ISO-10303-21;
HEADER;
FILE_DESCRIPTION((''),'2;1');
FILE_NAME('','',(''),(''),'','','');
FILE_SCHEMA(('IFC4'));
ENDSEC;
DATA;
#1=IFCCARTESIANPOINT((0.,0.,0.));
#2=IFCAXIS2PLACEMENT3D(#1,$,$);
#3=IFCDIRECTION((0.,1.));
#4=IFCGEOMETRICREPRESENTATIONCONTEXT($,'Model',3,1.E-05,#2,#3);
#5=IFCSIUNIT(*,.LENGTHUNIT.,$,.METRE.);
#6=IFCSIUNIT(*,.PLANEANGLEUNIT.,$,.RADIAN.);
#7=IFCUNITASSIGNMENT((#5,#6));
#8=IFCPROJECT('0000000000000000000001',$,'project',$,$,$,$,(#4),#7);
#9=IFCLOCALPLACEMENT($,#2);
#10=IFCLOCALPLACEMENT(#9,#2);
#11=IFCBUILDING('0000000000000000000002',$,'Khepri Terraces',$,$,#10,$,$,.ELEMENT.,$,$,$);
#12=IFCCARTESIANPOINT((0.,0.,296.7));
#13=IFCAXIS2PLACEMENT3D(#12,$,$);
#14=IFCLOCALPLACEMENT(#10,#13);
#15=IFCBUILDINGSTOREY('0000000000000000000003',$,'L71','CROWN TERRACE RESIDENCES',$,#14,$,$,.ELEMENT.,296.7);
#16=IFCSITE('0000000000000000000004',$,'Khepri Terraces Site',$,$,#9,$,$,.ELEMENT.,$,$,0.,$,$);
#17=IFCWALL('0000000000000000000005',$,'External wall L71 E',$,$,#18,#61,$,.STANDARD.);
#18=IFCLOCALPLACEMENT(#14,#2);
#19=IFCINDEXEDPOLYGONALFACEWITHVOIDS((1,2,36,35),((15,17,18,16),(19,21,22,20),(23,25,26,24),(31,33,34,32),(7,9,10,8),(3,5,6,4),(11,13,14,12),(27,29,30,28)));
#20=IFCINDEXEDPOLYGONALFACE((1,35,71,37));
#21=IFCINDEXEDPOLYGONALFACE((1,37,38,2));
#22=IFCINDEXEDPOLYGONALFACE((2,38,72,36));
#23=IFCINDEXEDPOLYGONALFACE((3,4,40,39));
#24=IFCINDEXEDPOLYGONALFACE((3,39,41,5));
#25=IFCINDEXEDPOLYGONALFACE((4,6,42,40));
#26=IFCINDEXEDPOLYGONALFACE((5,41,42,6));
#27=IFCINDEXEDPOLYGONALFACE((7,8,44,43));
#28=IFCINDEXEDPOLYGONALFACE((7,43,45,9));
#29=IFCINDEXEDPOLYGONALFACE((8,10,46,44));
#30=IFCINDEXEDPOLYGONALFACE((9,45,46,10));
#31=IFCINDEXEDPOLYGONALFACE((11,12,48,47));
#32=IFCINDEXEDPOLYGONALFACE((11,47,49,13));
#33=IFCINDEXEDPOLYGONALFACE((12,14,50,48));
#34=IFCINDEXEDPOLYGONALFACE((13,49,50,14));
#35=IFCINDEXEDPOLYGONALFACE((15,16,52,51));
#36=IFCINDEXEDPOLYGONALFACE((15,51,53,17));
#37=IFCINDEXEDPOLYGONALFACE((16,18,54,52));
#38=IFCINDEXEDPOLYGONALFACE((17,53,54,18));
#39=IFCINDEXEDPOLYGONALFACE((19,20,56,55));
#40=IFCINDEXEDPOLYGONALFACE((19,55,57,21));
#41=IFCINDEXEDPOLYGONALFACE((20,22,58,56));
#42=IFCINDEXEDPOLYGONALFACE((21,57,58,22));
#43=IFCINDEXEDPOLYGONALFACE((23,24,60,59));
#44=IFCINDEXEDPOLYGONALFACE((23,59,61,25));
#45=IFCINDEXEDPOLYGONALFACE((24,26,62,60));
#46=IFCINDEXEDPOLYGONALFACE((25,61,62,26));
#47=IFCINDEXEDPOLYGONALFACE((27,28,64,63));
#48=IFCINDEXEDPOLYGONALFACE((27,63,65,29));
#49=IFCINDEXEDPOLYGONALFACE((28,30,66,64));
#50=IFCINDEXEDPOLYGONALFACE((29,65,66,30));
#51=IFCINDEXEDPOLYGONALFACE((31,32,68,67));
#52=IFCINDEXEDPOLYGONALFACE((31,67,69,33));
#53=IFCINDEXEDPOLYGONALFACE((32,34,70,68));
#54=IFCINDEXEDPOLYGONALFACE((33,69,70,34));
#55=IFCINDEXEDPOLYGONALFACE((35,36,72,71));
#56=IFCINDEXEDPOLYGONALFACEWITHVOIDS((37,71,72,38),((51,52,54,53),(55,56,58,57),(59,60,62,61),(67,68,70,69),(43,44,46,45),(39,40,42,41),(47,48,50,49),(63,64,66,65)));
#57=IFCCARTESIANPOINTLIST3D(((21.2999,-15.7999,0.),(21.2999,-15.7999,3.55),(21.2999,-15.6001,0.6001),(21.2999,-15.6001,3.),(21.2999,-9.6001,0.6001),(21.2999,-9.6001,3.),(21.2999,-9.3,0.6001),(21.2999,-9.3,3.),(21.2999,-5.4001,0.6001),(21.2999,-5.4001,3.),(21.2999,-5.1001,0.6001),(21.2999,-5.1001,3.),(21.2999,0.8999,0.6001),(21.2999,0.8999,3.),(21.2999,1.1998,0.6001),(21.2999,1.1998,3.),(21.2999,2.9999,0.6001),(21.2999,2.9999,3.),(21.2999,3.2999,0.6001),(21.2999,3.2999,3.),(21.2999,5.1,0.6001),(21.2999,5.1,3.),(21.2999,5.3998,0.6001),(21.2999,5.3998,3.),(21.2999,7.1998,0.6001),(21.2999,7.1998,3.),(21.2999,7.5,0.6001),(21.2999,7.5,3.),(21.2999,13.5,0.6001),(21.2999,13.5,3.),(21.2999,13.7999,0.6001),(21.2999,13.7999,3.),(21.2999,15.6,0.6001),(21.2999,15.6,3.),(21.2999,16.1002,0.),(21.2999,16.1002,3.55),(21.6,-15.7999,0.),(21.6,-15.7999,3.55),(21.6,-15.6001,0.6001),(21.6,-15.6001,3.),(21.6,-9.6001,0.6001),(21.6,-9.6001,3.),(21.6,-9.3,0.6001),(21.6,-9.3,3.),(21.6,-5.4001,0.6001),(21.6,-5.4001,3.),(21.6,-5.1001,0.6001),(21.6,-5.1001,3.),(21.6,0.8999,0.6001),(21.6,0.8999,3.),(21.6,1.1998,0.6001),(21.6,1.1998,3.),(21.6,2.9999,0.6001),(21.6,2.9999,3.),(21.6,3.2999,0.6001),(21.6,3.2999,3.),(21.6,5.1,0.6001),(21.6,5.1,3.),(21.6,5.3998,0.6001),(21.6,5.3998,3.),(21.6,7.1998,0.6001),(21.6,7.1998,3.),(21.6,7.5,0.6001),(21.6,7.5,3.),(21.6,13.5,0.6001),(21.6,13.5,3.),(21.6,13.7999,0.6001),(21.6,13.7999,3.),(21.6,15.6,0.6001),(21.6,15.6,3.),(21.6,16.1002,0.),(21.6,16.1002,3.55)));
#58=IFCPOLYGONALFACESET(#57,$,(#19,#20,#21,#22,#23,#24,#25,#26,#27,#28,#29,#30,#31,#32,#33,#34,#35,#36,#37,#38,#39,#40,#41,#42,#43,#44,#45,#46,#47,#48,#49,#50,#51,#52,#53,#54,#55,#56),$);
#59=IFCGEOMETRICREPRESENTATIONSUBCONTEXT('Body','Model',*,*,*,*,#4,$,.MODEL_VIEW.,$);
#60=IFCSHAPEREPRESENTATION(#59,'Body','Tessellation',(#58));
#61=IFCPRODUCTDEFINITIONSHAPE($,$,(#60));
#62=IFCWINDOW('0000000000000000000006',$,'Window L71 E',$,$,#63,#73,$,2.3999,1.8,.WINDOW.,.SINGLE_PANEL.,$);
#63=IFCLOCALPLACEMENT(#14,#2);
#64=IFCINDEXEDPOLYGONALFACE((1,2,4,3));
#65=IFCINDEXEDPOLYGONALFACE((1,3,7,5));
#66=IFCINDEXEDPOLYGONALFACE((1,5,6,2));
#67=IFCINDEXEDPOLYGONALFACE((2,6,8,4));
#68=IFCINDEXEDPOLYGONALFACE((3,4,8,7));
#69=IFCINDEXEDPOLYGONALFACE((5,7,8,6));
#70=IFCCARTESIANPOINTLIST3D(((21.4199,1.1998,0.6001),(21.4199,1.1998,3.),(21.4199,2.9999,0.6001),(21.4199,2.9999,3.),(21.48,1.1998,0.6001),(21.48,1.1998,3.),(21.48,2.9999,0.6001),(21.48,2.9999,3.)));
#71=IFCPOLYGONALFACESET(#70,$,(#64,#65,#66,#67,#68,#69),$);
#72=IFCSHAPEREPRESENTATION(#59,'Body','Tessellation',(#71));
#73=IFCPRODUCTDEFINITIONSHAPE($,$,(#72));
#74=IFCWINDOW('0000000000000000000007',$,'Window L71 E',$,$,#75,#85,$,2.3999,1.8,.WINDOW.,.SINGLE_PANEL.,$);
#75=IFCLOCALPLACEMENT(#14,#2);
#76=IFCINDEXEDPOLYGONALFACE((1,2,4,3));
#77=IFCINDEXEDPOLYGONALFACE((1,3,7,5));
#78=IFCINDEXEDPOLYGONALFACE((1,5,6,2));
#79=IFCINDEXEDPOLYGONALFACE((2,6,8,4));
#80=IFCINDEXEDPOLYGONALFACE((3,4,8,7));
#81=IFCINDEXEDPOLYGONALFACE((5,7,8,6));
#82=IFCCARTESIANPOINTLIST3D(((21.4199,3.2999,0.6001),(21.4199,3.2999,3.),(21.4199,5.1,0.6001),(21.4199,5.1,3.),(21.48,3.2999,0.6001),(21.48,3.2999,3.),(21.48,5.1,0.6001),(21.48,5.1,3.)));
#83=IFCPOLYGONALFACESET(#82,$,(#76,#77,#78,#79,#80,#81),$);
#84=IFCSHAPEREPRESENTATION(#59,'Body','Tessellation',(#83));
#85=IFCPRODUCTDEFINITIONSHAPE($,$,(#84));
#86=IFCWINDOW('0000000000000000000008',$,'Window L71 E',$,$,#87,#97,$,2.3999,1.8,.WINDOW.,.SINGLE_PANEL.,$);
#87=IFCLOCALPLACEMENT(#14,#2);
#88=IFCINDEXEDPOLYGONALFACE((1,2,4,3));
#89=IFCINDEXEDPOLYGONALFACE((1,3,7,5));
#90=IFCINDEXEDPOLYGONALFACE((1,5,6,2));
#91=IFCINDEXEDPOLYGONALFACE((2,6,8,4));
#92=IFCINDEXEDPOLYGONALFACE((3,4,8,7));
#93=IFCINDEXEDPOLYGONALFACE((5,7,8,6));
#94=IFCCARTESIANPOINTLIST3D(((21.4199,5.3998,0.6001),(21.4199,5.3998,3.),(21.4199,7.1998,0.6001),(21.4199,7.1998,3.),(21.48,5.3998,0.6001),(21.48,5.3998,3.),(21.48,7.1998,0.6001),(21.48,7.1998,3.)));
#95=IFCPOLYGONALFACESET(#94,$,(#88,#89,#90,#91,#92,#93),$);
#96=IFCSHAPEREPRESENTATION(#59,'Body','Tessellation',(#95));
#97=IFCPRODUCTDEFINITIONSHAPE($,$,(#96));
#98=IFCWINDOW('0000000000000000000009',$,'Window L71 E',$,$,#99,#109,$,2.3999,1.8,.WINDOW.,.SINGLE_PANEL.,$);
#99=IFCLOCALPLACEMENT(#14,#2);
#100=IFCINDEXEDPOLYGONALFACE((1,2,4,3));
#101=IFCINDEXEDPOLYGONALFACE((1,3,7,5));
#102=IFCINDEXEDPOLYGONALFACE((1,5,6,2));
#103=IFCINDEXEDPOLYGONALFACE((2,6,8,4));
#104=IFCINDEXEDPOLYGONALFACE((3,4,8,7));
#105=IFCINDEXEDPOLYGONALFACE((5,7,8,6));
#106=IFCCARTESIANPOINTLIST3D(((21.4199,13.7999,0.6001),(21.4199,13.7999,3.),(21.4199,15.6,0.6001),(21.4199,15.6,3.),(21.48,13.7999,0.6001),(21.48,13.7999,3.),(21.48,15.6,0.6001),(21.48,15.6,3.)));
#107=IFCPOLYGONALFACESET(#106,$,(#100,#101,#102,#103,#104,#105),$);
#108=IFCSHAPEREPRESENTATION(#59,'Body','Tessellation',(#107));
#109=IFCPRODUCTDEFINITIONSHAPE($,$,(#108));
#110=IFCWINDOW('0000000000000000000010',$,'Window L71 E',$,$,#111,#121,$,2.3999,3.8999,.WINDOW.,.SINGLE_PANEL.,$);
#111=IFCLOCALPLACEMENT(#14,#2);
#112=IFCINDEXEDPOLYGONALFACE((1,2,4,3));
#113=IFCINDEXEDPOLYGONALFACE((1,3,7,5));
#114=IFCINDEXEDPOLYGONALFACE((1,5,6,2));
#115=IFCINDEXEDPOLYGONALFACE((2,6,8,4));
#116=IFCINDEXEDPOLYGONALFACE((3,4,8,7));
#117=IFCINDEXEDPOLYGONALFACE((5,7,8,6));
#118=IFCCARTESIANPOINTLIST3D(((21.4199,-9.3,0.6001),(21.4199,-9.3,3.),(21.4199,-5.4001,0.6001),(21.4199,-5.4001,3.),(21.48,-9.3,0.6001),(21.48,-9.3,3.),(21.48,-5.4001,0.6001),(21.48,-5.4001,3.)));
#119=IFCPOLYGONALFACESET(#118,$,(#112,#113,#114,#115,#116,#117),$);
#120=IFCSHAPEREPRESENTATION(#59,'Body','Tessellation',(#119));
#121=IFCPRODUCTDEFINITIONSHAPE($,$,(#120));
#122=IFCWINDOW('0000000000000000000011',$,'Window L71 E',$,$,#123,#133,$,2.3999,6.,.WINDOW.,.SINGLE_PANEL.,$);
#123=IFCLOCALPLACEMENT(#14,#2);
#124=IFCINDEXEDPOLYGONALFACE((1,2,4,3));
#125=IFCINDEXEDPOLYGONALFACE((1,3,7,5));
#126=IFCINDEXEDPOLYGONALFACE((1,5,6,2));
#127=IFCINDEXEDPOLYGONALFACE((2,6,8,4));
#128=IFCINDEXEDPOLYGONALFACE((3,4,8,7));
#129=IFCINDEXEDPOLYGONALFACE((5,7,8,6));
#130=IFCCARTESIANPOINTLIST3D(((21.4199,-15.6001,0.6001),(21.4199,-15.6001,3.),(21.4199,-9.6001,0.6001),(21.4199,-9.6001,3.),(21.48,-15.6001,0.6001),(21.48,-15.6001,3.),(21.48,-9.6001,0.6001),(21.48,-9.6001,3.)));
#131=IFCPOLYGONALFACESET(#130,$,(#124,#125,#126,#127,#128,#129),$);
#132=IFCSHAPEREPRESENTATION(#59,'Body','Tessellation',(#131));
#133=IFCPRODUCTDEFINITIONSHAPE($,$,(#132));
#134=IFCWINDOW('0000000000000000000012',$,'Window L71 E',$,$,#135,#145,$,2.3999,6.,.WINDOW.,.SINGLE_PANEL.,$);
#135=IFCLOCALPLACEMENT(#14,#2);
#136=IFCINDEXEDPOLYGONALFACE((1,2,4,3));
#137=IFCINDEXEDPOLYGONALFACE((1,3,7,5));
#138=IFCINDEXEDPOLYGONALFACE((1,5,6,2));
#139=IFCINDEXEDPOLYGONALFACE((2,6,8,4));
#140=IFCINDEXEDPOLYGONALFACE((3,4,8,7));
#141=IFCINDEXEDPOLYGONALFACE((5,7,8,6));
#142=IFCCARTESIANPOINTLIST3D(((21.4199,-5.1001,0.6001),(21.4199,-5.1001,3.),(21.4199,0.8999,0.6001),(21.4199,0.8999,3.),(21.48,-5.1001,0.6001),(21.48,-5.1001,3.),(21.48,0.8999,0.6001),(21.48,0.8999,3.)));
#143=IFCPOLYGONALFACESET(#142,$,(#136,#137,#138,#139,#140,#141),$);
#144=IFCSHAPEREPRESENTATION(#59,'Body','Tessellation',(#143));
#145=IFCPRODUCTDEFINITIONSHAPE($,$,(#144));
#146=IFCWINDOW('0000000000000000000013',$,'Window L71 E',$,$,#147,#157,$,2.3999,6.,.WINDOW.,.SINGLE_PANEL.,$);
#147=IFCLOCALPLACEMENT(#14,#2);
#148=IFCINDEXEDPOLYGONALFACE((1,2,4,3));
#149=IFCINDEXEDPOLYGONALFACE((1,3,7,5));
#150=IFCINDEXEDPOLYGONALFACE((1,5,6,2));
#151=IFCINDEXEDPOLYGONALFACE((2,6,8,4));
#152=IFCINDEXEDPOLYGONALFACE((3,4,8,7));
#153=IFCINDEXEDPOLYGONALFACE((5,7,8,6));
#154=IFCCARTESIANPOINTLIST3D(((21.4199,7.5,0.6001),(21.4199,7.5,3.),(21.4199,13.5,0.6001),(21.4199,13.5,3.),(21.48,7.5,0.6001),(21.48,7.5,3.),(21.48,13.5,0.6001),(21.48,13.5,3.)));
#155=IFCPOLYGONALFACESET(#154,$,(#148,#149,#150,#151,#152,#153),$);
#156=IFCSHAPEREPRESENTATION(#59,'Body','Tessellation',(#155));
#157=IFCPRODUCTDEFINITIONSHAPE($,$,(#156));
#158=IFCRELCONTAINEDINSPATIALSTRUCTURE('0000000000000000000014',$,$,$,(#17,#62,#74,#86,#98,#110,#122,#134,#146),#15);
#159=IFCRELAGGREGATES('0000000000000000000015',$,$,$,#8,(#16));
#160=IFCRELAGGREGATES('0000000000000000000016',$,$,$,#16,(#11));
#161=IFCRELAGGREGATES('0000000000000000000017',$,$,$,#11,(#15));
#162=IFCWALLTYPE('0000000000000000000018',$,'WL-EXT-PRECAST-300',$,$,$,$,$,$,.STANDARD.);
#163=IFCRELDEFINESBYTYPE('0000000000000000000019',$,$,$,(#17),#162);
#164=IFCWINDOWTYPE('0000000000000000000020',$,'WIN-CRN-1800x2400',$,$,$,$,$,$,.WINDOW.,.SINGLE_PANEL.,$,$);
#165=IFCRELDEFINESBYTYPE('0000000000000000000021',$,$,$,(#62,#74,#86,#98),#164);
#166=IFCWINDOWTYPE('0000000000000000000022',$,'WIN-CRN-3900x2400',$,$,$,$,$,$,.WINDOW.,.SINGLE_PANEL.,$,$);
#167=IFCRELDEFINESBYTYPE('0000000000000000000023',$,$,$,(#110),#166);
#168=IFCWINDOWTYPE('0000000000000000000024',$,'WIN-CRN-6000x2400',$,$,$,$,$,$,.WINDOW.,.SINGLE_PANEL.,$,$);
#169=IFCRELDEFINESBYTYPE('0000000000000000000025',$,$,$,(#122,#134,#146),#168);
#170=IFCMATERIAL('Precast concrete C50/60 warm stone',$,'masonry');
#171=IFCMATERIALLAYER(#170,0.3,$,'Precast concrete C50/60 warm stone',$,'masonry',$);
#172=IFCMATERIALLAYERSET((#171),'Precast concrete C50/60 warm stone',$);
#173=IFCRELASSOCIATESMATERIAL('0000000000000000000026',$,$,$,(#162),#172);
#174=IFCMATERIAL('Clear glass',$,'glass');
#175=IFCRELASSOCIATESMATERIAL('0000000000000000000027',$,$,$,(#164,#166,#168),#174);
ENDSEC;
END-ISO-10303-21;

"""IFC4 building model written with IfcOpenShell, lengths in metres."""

from ifc_helpers import new_model, si_unit, direction, frame, frame_2d, origin, place, context, subcontext, project, spatial, rectangle, extrude, material, layer, layer_set, type_object, element, fill, save


model = new_model("IFC4")

# Units and contexts
model_context = context("Model", 3, precision=1e-05, world=origin(), true_north=direction((0.0, 1.0)))
body_context = subcontext(model_context, "Body", "Model", "MODEL_VIEW")
ifc_project = project(units=[si_unit("LENGTHUNIT", "METRE"), si_unit("PLANEANGLEUNIT", "RADIAN")], contexts=[model_context])

# Site, building, storey
site_placement = place(None, origin())
site = spatial("IfcSite", under=ifc_project, at=site_placement, Name="Khepri Terraces Site", CompositionType="ELEMENT", RefElevation=0.0)
building_placement = place(site_placement, origin())
building = spatial("IfcBuilding", under=site, at=building_placement, Name="Khepri Terraces", CompositionType="ELEMENT")
storey_placement = place(building_placement, frame((0.0, 0.0, 296.7)))
storey = spatial("IfcBuildingStorey", under=building, at=storey_placement, Name="L71", Description="CROWN TERRACE RESIDENCES", CompositionType="ELEMENT", Elevation=296.7)

# Wall, openings, windows
ifc_material_1 = material(Name="Precast concrete C50/60 warm stone", Category="masonry")
ifc_layer_1 = layer(ifc_material_1, 0.3, Name="Precast concrete C50/60 warm stone", Category="masonry")
ifc_layer_set_1 = layer_set([ifc_layer_1], Name="Precast concrete C50/60 warm stone")
wall_type_1 = type_object("IfcWallType", Name="WL-EXT-PRECAST-300", PredefinedType="STANDARD", material=ifc_layer_set_1)
wall_1_placement = place(storey_placement, frame((21.45, -15.8, 0.0), z_axis=(0.0, 0.0, 1.0), x_axis=(0.0, 1.0, 0.0)))
wall_1 = element("IfcWall", 1, at=wall_1_placement, inside=storey, type_object=wall_type_1, Name="External wall L71 E", PredefinedType="STANDARD", context=body_context, shape_type="SweptSolid", body=[
    extrude(rectangle(XDim=31.9001, YDim=0.3, at=frame_2d((15.9502, 0.0))), origin(), (0.0, 0.0, 1.0), 3.55),
])
opening_1_placement = place(wall_1_placement, frame((0.2, 0.0, 0.6001)))
opening_1 = element("IfcOpeningElement", 2, at=opening_1_placement, cuts=wall_1, PredefinedType="OPENING", context=body_context, shape_type="SweptSolid", body=[
    extrude(rectangle(XDim=6.0, YDim=2.3999, at=frame_2d((3.0, 1.2))), frame((0.0, 0.1602, 0.0), z_axis=(0.0, -1.0, 0.0), x_axis=(1.0, 0.0, 0.0)), (0.0, 0.0, 1.0), 0.3201),
])
opening_2_placement = place(wall_1_placement, frame((6.5, 0.0, 0.6001)))
opening_2 = element("IfcOpeningElement", 3, at=opening_2_placement, cuts=wall_1, PredefinedType="OPENING", context=body_context, shape_type="SweptSolid", body=[
    extrude(rectangle(XDim=3.8999, YDim=2.3999, at=frame_2d((1.95, 1.2))), frame((0.0, 0.1602, 0.0), z_axis=(0.0, -1.0, 0.0), x_axis=(1.0, 0.0, 0.0)), (0.0, 0.0, 1.0), 0.3201),
])
opening_3_placement = place(wall_1_placement, frame((10.7, 0.0, 0.6001)))
opening_3 = element("IfcOpeningElement", 4, at=opening_3_placement, cuts=wall_1, PredefinedType="OPENING", context=body_context, shape_type="SweptSolid", body=[
    extrude(rectangle(XDim=6.0, YDim=2.3999, at=frame_2d((3.0, 1.2))), frame((0.0, 0.1602, 0.0), z_axis=(0.0, -1.0, 0.0), x_axis=(1.0, 0.0, 0.0)), (0.0, 0.0, 1.0), 0.3201),
])
opening_4_placement = place(wall_1_placement, frame((17.0, 0.0, 0.6001)))
opening_4 = element("IfcOpeningElement", 5, at=opening_4_placement, cuts=wall_1, PredefinedType="OPENING", context=body_context, shape_type="SweptSolid", body=[
    extrude(rectangle(XDim=1.8, YDim=2.3999, at=frame_2d((0.8999, 1.2))), frame((0.0, 0.1602, 0.0), z_axis=(0.0, -1.0, 0.0), x_axis=(1.0, 0.0, 0.0)), (0.0, 0.0, 1.0), 0.3201),
])
opening_5_placement = place(wall_1_placement, frame((19.1001, 0.0, 0.6001)))
opening_5 = element("IfcOpeningElement", 6, at=opening_5_placement, cuts=wall_1, PredefinedType="OPENING", context=body_context, shape_type="SweptSolid", body=[
    extrude(rectangle(XDim=1.8, YDim=2.3999, at=frame_2d((0.8999, 1.2))), frame((0.0, 0.1602, 0.0), z_axis=(0.0, -1.0, 0.0), x_axis=(1.0, 0.0, 0.0)), (0.0, 0.0, 1.0), 0.3201),
])
opening_6_placement = place(wall_1_placement, frame((21.2, 0.0, 0.6001)))
opening_6 = element("IfcOpeningElement", 7, at=opening_6_placement, cuts=wall_1, PredefinedType="OPENING", context=body_context, shape_type="SweptSolid", body=[
    extrude(rectangle(XDim=1.8, YDim=2.3999, at=frame_2d((0.8999, 1.2))), frame((0.0, 0.1602, 0.0), z_axis=(0.0, -1.0, 0.0), x_axis=(1.0, 0.0, 0.0)), (0.0, 0.0, 1.0), 0.3201),
])
opening_7_placement = place(wall_1_placement, frame((23.3, 0.0, 0.6001)))
opening_7 = element("IfcOpeningElement", 8, at=opening_7_placement, cuts=wall_1, PredefinedType="OPENING", context=body_context, shape_type="SweptSolid", body=[
    extrude(rectangle(XDim=6.0, YDim=2.3999, at=frame_2d((3.0, 1.2))), frame((0.0, 0.1602, 0.0), z_axis=(0.0, -1.0, 0.0), x_axis=(1.0, 0.0, 0.0)), (0.0, 0.0, 1.0), 0.3201),
])
opening_8_placement = place(wall_1_placement, frame((29.6001, 0.0, 0.6001)))
opening_8 = element("IfcOpeningElement", 9, at=opening_8_placement, cuts=wall_1, PredefinedType="OPENING", context=body_context, shape_type="SweptSolid", body=[
    extrude(rectangle(XDim=1.8, YDim=2.3999, at=frame_2d((0.8999, 1.2))), frame((0.0, 0.1602, 0.0), z_axis=(0.0, -1.0, 0.0), x_axis=(1.0, 0.0, 0.0)), (0.0, 0.0, 1.0), 0.3201),
])
ifc_material_2 = material(Name="Clear glass", Category="glass")
window_type_1 = type_object("IfcWindowType", Name="WIN-CRN-1800x2400", PartitioningType="SINGLE_PANEL", PredefinedType="WINDOW", material=ifc_material_2)
window_1_placement = place(opening_4_placement, origin())
window_1 = element("IfcWindow", 10, at=window_1_placement, inside=storey, type_object=window_type_1, Name="Window L71 E", OverallHeight=2.3999, OverallWidth=1.8, PartitioningType="SINGLE_PANEL", PredefinedType="WINDOW", context=body_context, shape_type="SweptSolid", body=[
    extrude(rectangle(XDim=1.8, YDim=2.3999, at=frame_2d((0.8999, 1.2))), frame((0.0, 0.03, 0.0), z_axis=(0.0, -1.0, 0.0), x_axis=(1.0, 0.0, 0.0)), (0.0, 0.0, 1.0), 0.0601),
])
fill(opening_4, window_1)
window_2_placement = place(opening_5_placement, origin())
window_2 = element("IfcWindow", 11, at=window_2_placement, inside=storey, type_object=window_type_1, Name="Window L71 E", OverallHeight=2.3999, OverallWidth=1.8, PartitioningType="SINGLE_PANEL", PredefinedType="WINDOW", context=body_context, shape_type="SweptSolid", body=[
    extrude(rectangle(XDim=1.8, YDim=2.3999, at=frame_2d((0.8999, 1.2))), frame((0.0, 0.03, 0.0), z_axis=(0.0, -1.0, 0.0), x_axis=(1.0, 0.0, 0.0)), (0.0, 0.0, 1.0), 0.0601),
])
fill(opening_5, window_2)
window_3_placement = place(opening_6_placement, origin())
window_3 = element("IfcWindow", 12, at=window_3_placement, inside=storey, type_object=window_type_1, Name="Window L71 E", OverallHeight=2.3999, OverallWidth=1.8, PartitioningType="SINGLE_PANEL", PredefinedType="WINDOW", context=body_context, shape_type="SweptSolid", body=[
    extrude(rectangle(XDim=1.8, YDim=2.3999, at=frame_2d((0.8999, 1.2))), frame((0.0, 0.03, 0.0), z_axis=(0.0, -1.0, 0.0), x_axis=(1.0, 0.0, 0.0)), (0.0, 0.0, 1.0), 0.0601),
])
fill(opening_6, window_3)
window_4_placement = place(opening_8_placement, origin())
window_4 = element("IfcWindow", 13, at=window_4_placement, inside=storey, type_object=window_type_1, Name="Window L71 E", OverallHeight=2.3999, OverallWidth=1.8, PartitioningType="SINGLE_PANEL", PredefinedType="WINDOW", context=body_context, shape_type="SweptSolid", body=[
    extrude(rectangle(XDim=1.8, YDim=2.3999, at=frame_2d((0.8999, 1.2))), frame((0.0, 0.03, 0.0), z_axis=(0.0, -1.0, 0.0), x_axis=(1.0, 0.0, 0.0)), (0.0, 0.0, 1.0), 0.0601),
])
fill(opening_8, window_4)
window_type_2 = type_object("IfcWindowType", Name="WIN-CRN-3900x2400", PartitioningType="SINGLE_PANEL", PredefinedType="WINDOW", material=ifc_material_2)
window_5_placement = place(opening_2_placement, origin())
window_5 = element("IfcWindow", 14, at=window_5_placement, inside=storey, type_object=window_type_2, Name="Window L71 E", OverallHeight=2.3999, OverallWidth=3.8999, PartitioningType="SINGLE_PANEL", PredefinedType="WINDOW", context=body_context, shape_type="SweptSolid", body=[
    extrude(rectangle(XDim=3.8999, YDim=2.3999, at=frame_2d((1.95, 1.2))), frame((0.0, 0.03, 0.0), z_axis=(0.0, -1.0, 0.0), x_axis=(1.0, 0.0, 0.0)), (0.0, 0.0, 1.0), 0.0601),
])
fill(opening_2, window_5)
window_type_3 = type_object("IfcWindowType", Name="WIN-CRN-6000x2400", PartitioningType="SINGLE_PANEL", PredefinedType="WINDOW", material=ifc_material_2)
window_6_placement = place(opening_1_placement, origin())
window_6 = element("IfcWindow", 15, at=window_6_placement, inside=storey, type_object=window_type_3, Name="Window L71 E", OverallHeight=2.3999, OverallWidth=6.0, PartitioningType="SINGLE_PANEL", PredefinedType="WINDOW", context=body_context, shape_type="SweptSolid", body=[
    extrude(rectangle(XDim=6.0, YDim=2.3999, at=frame_2d((3.0, 1.2))), frame((0.0, 0.03, 0.0), z_axis=(0.0, -1.0, 0.0), x_axis=(1.0, 0.0, 0.0)), (0.0, 0.0, 1.0), 0.0601),
])
fill(opening_1, window_6)
window_7_placement = place(opening_3_placement, origin())
window_7 = element("IfcWindow", 16, at=window_7_placement, inside=storey, type_object=window_type_3, Name="Window L71 E", OverallHeight=2.3999, OverallWidth=6.0, PartitioningType="SINGLE_PANEL", PredefinedType="WINDOW", context=body_context, shape_type="SweptSolid", body=[
    extrude(rectangle(XDim=6.0, YDim=2.3999, at=frame_2d((3.0, 1.2))), frame((0.0, 0.03, 0.0), z_axis=(0.0, -1.0, 0.0), x_axis=(1.0, 0.0, 0.0)), (0.0, 0.0, 1.0), 0.0601),
])
fill(opening_3, window_7)
window_8_placement = place(opening_7_placement, origin())
window_8 = element("IfcWindow", 17, at=window_8_placement, inside=storey, type_object=window_type_3, Name="Window L71 E", OverallHeight=2.3999, OverallWidth=6.0, PartitioningType="SINGLE_PANEL", PredefinedType="WINDOW", context=body_context, shape_type="SweptSolid", body=[
    extrude(rectangle(XDim=6.0, YDim=2.3999, at=frame_2d((3.0, 1.2))), frame((0.0, 0.03, 0.0), z_axis=(0.0, -1.0, 0.0), x_axis=(1.0, 0.0, 0.0)), (0.0, 0.0, 1.0), 0.0601),
])
fill(opening_7, window_8)

save(model, "model.ifc")
